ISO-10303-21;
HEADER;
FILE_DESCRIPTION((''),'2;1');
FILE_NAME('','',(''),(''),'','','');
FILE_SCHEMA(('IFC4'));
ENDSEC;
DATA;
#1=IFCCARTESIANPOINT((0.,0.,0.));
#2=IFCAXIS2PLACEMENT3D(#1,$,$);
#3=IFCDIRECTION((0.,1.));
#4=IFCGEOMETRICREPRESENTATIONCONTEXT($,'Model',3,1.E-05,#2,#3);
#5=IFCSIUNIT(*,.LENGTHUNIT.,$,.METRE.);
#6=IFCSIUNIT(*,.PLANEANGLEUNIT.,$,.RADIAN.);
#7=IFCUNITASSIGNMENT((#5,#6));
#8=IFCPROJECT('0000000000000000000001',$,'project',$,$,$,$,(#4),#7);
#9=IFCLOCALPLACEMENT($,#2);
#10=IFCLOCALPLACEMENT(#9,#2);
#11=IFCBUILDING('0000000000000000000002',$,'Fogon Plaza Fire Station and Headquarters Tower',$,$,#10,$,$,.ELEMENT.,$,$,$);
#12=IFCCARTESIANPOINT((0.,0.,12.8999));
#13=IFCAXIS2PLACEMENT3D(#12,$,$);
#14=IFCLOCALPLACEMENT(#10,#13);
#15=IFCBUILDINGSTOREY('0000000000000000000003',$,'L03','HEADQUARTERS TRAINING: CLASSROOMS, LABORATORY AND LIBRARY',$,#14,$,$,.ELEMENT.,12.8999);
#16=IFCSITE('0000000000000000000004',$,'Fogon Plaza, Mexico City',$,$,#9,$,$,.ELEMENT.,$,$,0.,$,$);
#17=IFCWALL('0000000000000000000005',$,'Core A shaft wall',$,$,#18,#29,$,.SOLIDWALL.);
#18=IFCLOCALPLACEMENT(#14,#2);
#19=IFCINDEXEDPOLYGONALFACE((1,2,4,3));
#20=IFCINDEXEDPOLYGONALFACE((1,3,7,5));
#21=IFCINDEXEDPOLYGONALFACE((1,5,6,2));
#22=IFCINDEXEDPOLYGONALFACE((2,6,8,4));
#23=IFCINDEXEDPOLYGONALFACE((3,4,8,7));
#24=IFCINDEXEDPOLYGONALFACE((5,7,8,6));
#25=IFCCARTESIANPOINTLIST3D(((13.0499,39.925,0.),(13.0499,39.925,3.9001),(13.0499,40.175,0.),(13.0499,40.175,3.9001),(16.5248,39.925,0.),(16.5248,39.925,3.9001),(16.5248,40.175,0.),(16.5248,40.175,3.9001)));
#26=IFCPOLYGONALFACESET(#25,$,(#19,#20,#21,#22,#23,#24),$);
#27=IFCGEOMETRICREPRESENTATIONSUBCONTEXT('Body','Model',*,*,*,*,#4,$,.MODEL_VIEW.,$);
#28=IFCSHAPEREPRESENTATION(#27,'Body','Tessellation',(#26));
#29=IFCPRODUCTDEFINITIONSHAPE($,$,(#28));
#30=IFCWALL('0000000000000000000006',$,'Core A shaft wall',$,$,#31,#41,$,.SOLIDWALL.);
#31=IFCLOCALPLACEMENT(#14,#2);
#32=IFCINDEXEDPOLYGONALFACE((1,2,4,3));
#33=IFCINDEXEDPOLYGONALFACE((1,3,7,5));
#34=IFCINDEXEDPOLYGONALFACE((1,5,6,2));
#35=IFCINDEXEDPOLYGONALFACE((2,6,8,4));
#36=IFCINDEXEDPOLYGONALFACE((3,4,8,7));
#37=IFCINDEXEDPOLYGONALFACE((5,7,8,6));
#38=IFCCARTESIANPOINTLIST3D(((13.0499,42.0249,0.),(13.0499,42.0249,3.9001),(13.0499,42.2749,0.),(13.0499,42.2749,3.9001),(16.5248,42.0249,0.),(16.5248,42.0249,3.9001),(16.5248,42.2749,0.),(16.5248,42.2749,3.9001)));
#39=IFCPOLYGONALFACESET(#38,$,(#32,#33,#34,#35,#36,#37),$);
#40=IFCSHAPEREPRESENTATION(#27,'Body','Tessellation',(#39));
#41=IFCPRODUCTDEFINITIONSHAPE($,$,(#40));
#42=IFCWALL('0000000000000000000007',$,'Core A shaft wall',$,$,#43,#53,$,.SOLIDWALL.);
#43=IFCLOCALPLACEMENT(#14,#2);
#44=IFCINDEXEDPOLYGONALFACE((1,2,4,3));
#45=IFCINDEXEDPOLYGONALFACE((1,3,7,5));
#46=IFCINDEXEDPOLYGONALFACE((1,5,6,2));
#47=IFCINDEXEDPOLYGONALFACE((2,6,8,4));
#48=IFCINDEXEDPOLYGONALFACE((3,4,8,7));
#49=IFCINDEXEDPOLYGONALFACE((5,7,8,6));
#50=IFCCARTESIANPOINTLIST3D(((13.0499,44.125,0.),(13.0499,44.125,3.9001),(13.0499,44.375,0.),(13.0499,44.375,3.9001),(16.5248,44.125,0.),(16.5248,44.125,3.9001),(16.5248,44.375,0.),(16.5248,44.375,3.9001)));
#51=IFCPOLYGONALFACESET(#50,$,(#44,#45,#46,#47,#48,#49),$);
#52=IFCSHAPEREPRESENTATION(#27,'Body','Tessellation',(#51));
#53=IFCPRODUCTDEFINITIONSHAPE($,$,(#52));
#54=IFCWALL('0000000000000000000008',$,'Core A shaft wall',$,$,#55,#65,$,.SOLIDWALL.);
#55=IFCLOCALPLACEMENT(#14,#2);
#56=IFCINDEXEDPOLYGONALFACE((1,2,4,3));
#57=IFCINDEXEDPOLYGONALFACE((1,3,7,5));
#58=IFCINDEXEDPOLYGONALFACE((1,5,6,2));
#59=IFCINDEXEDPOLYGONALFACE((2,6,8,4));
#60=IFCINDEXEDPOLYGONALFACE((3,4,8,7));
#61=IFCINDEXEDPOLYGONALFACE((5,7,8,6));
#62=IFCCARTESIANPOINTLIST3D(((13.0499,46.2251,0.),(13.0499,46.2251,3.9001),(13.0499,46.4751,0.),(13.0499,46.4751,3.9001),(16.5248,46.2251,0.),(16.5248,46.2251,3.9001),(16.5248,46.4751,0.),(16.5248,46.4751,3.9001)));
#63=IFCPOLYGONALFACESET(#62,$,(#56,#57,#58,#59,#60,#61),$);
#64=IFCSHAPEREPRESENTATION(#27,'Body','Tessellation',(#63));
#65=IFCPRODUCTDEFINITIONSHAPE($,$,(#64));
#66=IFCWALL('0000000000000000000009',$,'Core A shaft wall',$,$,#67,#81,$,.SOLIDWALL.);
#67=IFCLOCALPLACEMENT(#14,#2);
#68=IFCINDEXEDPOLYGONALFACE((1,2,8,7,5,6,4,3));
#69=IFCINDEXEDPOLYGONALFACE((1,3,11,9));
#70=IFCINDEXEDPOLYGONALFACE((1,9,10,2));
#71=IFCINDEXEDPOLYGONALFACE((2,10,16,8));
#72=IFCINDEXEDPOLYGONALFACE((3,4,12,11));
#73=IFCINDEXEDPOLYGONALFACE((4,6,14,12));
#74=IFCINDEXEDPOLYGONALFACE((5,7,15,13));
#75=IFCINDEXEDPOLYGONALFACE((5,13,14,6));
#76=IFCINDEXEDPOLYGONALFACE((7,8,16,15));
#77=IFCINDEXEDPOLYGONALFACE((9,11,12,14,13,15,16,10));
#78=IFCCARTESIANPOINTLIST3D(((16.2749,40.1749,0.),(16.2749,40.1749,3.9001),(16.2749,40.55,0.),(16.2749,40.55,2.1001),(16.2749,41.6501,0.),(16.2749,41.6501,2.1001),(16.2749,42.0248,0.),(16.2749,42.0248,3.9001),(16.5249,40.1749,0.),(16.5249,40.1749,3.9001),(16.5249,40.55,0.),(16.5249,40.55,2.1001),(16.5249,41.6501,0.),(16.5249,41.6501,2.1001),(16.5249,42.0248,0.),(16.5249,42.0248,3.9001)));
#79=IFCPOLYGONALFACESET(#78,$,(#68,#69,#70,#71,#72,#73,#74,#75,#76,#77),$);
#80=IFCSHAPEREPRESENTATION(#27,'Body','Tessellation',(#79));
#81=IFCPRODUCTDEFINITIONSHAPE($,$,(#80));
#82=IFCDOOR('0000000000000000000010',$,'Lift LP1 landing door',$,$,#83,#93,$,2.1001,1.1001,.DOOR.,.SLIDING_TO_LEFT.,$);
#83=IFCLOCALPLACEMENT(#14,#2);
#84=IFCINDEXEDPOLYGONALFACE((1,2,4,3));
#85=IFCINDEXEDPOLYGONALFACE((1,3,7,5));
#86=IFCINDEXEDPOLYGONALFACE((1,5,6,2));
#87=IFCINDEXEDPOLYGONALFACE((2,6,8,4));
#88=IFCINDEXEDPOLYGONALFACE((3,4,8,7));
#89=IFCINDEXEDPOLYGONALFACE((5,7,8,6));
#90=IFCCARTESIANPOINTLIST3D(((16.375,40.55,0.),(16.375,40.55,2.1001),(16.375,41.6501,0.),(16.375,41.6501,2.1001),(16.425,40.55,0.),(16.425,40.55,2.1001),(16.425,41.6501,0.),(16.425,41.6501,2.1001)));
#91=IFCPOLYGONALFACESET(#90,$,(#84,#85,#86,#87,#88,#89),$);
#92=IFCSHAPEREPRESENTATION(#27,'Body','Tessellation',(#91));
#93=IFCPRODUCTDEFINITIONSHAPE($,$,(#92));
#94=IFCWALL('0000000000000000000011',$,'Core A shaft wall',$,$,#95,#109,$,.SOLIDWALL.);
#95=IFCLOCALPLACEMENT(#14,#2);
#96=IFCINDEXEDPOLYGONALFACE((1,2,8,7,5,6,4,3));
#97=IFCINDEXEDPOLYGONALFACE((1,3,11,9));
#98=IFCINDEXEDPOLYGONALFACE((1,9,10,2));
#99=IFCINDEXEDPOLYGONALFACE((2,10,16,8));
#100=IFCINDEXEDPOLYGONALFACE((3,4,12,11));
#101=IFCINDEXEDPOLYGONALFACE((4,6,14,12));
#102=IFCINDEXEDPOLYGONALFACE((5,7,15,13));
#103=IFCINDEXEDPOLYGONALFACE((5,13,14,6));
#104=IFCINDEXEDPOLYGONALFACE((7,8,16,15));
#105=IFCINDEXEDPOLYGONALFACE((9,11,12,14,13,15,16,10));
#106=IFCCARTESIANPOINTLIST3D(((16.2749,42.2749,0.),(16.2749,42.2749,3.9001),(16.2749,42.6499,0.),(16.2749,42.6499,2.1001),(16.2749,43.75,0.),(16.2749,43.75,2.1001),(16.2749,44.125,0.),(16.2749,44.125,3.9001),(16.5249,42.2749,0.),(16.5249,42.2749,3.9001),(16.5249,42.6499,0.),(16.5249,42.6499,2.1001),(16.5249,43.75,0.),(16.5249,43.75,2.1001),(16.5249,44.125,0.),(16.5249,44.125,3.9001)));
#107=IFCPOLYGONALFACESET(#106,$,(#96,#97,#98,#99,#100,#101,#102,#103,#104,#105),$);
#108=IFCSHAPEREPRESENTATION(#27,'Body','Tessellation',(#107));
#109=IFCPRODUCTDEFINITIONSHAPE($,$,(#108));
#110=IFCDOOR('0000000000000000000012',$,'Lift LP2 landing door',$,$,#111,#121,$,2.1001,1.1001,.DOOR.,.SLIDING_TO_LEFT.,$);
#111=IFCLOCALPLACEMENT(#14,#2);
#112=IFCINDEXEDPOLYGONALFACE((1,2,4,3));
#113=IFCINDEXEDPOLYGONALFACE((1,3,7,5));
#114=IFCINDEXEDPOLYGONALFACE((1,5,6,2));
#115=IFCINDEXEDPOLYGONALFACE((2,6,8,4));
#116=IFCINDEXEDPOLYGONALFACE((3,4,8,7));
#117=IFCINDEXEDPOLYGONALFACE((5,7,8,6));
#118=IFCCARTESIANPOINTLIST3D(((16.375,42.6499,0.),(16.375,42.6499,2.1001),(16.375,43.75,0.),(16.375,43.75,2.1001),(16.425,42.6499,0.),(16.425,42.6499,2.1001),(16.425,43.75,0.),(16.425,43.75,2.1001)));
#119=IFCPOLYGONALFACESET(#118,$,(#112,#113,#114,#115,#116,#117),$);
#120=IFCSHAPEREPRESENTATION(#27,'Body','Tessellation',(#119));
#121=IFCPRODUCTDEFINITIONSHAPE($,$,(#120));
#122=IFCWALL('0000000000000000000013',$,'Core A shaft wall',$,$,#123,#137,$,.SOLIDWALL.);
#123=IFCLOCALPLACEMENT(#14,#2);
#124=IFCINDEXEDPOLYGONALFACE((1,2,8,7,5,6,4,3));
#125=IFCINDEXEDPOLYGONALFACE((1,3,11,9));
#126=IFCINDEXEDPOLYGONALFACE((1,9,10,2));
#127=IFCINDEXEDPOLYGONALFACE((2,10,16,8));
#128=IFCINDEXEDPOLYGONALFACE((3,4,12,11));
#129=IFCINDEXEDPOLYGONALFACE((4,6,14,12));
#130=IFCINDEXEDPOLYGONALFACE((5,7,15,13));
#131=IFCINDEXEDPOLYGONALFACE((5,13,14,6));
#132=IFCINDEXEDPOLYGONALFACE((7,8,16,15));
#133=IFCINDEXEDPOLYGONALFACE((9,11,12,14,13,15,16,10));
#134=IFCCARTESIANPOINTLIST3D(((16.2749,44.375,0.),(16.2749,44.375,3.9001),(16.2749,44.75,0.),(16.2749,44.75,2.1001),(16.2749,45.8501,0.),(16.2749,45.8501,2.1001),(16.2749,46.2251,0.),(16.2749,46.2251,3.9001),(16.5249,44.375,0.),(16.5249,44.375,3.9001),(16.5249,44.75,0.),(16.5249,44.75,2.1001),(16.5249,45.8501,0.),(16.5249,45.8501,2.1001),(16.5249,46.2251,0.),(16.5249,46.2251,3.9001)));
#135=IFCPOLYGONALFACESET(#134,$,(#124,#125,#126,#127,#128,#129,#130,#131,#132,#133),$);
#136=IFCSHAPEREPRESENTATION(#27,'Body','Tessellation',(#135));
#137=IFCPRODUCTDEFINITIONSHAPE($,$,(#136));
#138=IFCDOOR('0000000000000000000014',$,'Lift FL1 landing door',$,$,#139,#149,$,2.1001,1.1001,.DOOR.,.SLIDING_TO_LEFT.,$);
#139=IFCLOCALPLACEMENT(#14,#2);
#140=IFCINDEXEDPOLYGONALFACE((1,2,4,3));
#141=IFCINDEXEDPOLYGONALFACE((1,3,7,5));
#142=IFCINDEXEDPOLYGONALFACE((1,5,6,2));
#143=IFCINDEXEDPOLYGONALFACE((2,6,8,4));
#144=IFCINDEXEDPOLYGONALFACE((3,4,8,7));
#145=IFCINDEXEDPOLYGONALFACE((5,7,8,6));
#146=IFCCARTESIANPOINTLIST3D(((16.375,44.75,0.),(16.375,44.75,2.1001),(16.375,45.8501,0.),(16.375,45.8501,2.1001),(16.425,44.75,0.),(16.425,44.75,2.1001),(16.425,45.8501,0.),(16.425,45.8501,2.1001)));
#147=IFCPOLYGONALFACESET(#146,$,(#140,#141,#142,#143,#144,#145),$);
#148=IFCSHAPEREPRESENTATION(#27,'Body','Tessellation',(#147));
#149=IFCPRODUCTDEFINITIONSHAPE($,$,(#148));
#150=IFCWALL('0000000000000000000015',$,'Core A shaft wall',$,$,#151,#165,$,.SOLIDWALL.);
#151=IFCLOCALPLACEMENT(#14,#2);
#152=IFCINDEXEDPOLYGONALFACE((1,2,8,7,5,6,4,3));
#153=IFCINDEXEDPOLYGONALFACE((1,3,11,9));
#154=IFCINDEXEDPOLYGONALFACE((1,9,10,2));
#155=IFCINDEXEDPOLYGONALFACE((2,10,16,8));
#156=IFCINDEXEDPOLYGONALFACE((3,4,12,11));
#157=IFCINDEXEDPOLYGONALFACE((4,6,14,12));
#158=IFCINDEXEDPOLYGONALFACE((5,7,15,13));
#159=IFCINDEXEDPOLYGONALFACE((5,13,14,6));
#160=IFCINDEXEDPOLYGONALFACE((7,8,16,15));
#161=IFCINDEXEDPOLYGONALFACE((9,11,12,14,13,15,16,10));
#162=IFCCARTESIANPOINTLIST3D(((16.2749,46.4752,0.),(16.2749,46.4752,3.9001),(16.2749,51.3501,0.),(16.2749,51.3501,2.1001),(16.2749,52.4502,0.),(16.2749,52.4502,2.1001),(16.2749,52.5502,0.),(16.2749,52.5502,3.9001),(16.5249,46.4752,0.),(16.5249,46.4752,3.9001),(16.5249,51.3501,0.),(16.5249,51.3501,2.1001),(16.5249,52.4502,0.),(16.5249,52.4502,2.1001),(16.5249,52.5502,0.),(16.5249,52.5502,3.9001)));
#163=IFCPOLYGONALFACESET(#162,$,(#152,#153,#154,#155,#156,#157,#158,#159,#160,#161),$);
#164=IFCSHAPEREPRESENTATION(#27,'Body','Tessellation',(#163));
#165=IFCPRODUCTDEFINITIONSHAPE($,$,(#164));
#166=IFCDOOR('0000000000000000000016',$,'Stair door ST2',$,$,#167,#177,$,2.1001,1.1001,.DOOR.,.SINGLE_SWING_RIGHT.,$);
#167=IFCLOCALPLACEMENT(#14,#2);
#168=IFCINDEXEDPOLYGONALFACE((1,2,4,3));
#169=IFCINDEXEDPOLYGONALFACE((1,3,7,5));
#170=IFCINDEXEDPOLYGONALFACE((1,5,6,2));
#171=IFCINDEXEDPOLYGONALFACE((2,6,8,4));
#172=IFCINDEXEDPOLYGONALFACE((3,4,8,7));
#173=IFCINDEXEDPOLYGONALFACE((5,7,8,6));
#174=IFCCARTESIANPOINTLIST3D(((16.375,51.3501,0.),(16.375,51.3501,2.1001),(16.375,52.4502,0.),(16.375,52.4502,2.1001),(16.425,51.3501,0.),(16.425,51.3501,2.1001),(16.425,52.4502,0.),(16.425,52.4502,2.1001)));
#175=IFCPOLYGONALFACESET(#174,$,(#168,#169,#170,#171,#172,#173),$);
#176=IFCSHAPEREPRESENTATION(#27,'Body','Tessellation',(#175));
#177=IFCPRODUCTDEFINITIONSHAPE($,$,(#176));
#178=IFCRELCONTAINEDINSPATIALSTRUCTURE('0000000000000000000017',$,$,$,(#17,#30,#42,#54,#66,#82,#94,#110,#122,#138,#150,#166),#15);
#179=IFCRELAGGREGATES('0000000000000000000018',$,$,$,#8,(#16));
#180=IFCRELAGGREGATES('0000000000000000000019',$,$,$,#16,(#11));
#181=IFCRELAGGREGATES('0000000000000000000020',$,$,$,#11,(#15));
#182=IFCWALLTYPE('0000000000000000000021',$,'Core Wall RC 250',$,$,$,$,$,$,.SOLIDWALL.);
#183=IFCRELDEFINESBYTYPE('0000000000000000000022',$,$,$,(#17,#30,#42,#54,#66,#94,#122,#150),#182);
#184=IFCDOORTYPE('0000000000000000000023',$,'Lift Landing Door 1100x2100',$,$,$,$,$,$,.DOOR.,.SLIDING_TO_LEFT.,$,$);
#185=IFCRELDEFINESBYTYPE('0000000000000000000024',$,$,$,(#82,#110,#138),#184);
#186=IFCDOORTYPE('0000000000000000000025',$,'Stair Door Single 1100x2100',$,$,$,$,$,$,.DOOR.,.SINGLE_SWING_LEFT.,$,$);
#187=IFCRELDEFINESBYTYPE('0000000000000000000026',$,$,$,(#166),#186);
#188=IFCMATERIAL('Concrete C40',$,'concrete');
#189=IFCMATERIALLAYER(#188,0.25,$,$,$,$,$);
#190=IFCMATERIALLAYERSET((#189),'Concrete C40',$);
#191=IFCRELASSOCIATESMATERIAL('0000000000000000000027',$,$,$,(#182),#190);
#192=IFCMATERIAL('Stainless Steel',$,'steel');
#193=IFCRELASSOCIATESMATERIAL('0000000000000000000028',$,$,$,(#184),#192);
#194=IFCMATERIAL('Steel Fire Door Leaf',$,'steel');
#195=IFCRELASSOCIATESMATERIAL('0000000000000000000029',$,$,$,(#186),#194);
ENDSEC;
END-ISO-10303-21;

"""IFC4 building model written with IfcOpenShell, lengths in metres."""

from ifc_helpers import new_model, si_unit, direction, frame, frame_2d, origin, place, context, subcontext, project, spatial, rectangle, extrude, material, layer, layer_set, type_object, element, fill, save


model = new_model("IFC4")

# Units and contexts
model_context = context("Model", 3, precision=1e-05, world=origin(), true_north=direction((0.0, 1.0)))
body_context = subcontext(model_context, "Body", "Model", "MODEL_VIEW")
ifc_project = project(units=[si_unit("LENGTHUNIT", "METRE"), si_unit("PLANEANGLEUNIT", "RADIAN")], contexts=[model_context])

# Site, building, storey
site_placement = place(None, origin())
site = spatial("IfcSite", under=ifc_project, at=site_placement, Name="Fogon Plaza, Mexico City", CompositionType="ELEMENT", RefElevation=0.0)
building_placement = place(site_placement, origin())
building = spatial("IfcBuilding", under=site, at=building_placement, Name="Fogon Plaza Fire Station and Headquarters Tower", CompositionType="ELEMENT")
storey_placement = place(building_placement, frame((0.0, 0.0, 12.8999)))
storey = spatial("IfcBuildingStorey", under=building, at=storey_placement, Name="L03", Description="HEADQUARTERS TRAINING: CLASSROOMS, LABORATORY AND LIBRARY", CompositionType="ELEMENT", Elevation=12.8999)

# Walls
ifc_material_1 = material(Name="Concrete C40", Category="concrete")
ifc_layer = layer(ifc_material_1, 0.25)
ifc_layer_set = layer_set([ifc_layer], Name="Concrete C40")
wall_type = type_object("IfcWallType", Name="Core Wall RC 250", PredefinedType="SOLIDWALL", material=ifc_layer_set)
for number, where, z_axis, x_axis, name in (
    (1, (13.05, 40.05, 0.0), (0.0, 0.0, 1.0), (1.0, 0.0, 0.0), "Core A shaft wall"),
    (2, (13.05, 42.1499, 0.0), (0.0, 0.0, 1.0), (1.0, 0.0, 0.0), "Core A shaft wall"),
    (3, (13.05, 44.25, 0.0), (0.0, 0.0, 1.0), (1.0, 0.0, 0.0), "Core A shaft wall"),
    (4, (13.05, 46.3501, 0.0), (0.0, 0.0, 1.0), (1.0, 0.0, 0.0), "Core A shaft wall"),
):
    element("IfcWall", number, at=place(storey_placement, frame(where, z_axis=z_axis, x_axis=x_axis)), inside=storey, type_object=wall_type, Name=name, PredefinedType="SOLIDWALL", context=body_context, shape_type="SweptSolid", body=[
        extrude(rectangle(XDim=3.4749, YDim=0.25, at=frame_2d((1.7373, 0.0))), origin(), (0.0, 0.0, 1.0), 3.9001),
    ])

# Walls, openings, doors
wall_1_placement = place(storey_placement, frame((16.3999, 40.175, 0.0), z_axis=(0.0, 0.0, 1.0), x_axis=(0.0, 1.0, 0.0)))
wall_1 = element("IfcWall", 5, at=wall_1_placement, inside=storey, type_object=wall_type, Name="Core A shaft wall", PredefinedType="SOLIDWALL", context=body_context, shape_type="SweptSolid", body=[
    extrude(rectangle(XDim=1.8499, YDim=0.25, at=frame_2d((0.9248, 0.0))), origin(), (0.0, 0.0, 1.0), 3.9001),
])
opening_1_placement = place(wall_1_placement, frame((0.375, 0.0, 0.0)))
opening_1 = element("IfcOpeningElement", 6, at=opening_1_placement, cuts=wall_1, PredefinedType="OPENING", context=body_context, shape_type="SweptSolid", body=[
    extrude(rectangle(XDim=1.1001, YDim=2.1001, at=frame_2d((0.55, 1.05))), frame((0.0, 0.135, 0.0), z_axis=(0.0, -1.0, 0.0), x_axis=(1.0, 0.0, 0.0)), (0.0, 0.0, 1.0), 0.27),
])
ifc_material_2 = material(Name="Stainless Steel", Category="steel")
door_type_1 = type_object("IfcDoorType", Name="Lift Landing Door 1100x2100", OperationType="SLIDING_TO_LEFT", PredefinedType="DOOR", material=ifc_material_2)
door_1_placement = place(opening_1_placement, origin())
door_1 = element("IfcDoor", 7, at=door_1_placement, inside=storey, type_object=door_type_1, Name="Lift LP1 landing door", OperationType="SLIDING_TO_LEFT", OverallHeight=2.1001, OverallWidth=1.1001, PredefinedType="DOOR", context=body_context, shape_type="SweptSolid", body=[
    extrude(rectangle(XDim=1.1001, YDim=2.1001, at=frame_2d((0.55, 1.05))), frame((0.0, 0.0249, 0.0), z_axis=(0.0, -1.0, 0.0), x_axis=(1.0, 0.0, 0.0)), (0.0, 0.0, 1.0), 0.05),
])
fill(opening_1, door_1)
wall_2_placement = place(storey_placement, frame((16.3999, 42.2749, 0.0), z_axis=(0.0, 0.0, 1.0), x_axis=(0.0, 1.0, 0.0)))
wall_2 = element("IfcWall", 8, at=wall_2_placement, inside=storey, type_object=wall_type, Name="Core A shaft wall", PredefinedType="SOLIDWALL", context=body_context, shape_type="SweptSolid", body=[
    extrude(rectangle(XDim=1.8501, YDim=0.25, at=frame_2d((0.925, 0.0))), origin(), (0.0, 0.0, 1.0), 3.9001),
])
opening_2_placement = place(wall_2_placement, frame((0.375, 0.0, 0.0)))
opening_2 = element("IfcOpeningElement", 9, at=opening_2_placement, cuts=wall_2, PredefinedType="OPENING", context=body_context, shape_type="SweptSolid", body=[
    extrude(rectangle(XDim=1.1001, YDim=2.1001, at=frame_2d((0.55, 1.05))), frame((0.0, 0.135, 0.0), z_axis=(0.0, -1.0, 0.0), x_axis=(1.0, 0.0, 0.0)), (0.0, 0.0, 1.0), 0.27),
])
door_2_placement = place(opening_2_placement, origin())
door_2 = element("IfcDoor", 10, at=door_2_placement, inside=storey, type_object=door_type_1, Name="Lift LP2 landing door", OperationType="SLIDING_TO_LEFT", OverallHeight=2.1001, OverallWidth=1.1001, PredefinedType="DOOR", context=body_context, shape_type="SweptSolid", body=[
    extrude(rectangle(XDim=1.1001, YDim=2.1001, at=frame_2d((0.55, 1.05))), frame((0.0, 0.0249, 0.0), z_axis=(0.0, -1.0, 0.0), x_axis=(1.0, 0.0, 0.0)), (0.0, 0.0, 1.0), 0.05),
])
fill(opening_2, door_2)
wall_3_placement = place(storey_placement, frame((16.3999, 44.375, 0.0), z_axis=(0.0, 0.0, 1.0), x_axis=(0.0, 1.0, 0.0)))
wall_3 = element("IfcWall", 11, at=wall_3_placement, inside=storey, type_object=wall_type, Name="Core A shaft wall", PredefinedType="SOLIDWALL", context=body_context, shape_type="SweptSolid", body=[
    extrude(rectangle(XDim=1.8501, YDim=0.25, at=frame_2d((0.925, 0.0))), origin(), (0.0, 0.0, 1.0), 3.9001),
])
opening_3_placement = place(wall_3_placement, frame((0.375, 0.0, 0.0)))
opening_3 = element("IfcOpeningElement", 12, at=opening_3_placement, cuts=wall_3, PredefinedType="OPENING", context=body_context, shape_type="SweptSolid", body=[
    extrude(rectangle(XDim=1.1001, YDim=2.1001, at=frame_2d((0.55, 1.05))), frame((0.0, 0.135, 0.0), z_axis=(0.0, -1.0, 0.0), x_axis=(1.0, 0.0, 0.0)), (0.0, 0.0, 1.0), 0.27),
])
door_3_placement = place(opening_3_placement, origin())
door_3 = element("IfcDoor", 13, at=door_3_placement, inside=storey, type_object=door_type_1, Name="Lift FL1 landing door", OperationType="SLIDING_TO_LEFT", OverallHeight=2.1001, OverallWidth=1.1001, PredefinedType="DOOR", context=body_context, shape_type="SweptSolid", body=[
    extrude(rectangle(XDim=1.1001, YDim=2.1001, at=frame_2d((0.55, 1.05))), frame((0.0, 0.0249, 0.0), z_axis=(0.0, -1.0, 0.0), x_axis=(1.0, 0.0, 0.0)), (0.0, 0.0, 1.0), 0.05),
])
fill(opening_3, door_3)
wall_4_placement = place(storey_placement, frame((16.3999, 46.4751, 0.0), z_axis=(0.0, 0.0, 1.0), x_axis=(0.0, 1.0, 0.0)))
wall_4 = element("IfcWall", 14, at=wall_4_placement, inside=storey, type_object=wall_type, Name="Core A shaft wall", PredefinedType="SOLIDWALL", context=body_context, shape_type="SweptSolid", body=[
    extrude(rectangle(XDim=6.075, YDim=0.25, at=frame_2d((3.0376, 0.0))), origin(), (0.0, 0.0, 1.0), 3.9001),
])
opening_4_placement = place(wall_4_placement, frame((4.875, 0.0, 0.0)))
opening_4 = element("IfcOpeningElement", 15, at=opening_4_placement, cuts=wall_4, PredefinedType="OPENING", context=body_context, shape_type="SweptSolid", body=[
    extrude(rectangle(XDim=1.1001, YDim=2.1001, at=frame_2d((0.55, 1.05))), frame((0.0, 0.135, 0.0), z_axis=(0.0, -1.0, 0.0), x_axis=(1.0, 0.0, 0.0)), (0.0, 0.0, 1.0), 0.27),
])
ifc_material_3 = material(Name="Steel Fire Door Leaf", Category="steel")
door_type_2 = type_object("IfcDoorType", Name="Stair Door Single 1100x2100", OperationType="SINGLE_SWING_LEFT", PredefinedType="DOOR", material=ifc_material_3)
door_4_placement = place(opening_4_placement, origin())
door_4 = element("IfcDoor", 16, at=door_4_placement, inside=storey, type_object=door_type_2, Name="Stair door ST2", OperationType="SINGLE_SWING_RIGHT", OverallHeight=2.1001, OverallWidth=1.1001, PredefinedType="DOOR", context=body_context, shape_type="SweptSolid", body=[
    extrude(rectangle(XDim=1.1001, YDim=2.1001, at=frame_2d((0.55, 1.05))), frame((0.0, 0.0249, 0.0), z_axis=(0.0, -1.0, 0.0), x_axis=(1.0, 0.0, 0.0)), (0.0, 0.0, 1.0), 0.05),
])
fill(opening_4, door_4)

save(model, "model.ifc")
